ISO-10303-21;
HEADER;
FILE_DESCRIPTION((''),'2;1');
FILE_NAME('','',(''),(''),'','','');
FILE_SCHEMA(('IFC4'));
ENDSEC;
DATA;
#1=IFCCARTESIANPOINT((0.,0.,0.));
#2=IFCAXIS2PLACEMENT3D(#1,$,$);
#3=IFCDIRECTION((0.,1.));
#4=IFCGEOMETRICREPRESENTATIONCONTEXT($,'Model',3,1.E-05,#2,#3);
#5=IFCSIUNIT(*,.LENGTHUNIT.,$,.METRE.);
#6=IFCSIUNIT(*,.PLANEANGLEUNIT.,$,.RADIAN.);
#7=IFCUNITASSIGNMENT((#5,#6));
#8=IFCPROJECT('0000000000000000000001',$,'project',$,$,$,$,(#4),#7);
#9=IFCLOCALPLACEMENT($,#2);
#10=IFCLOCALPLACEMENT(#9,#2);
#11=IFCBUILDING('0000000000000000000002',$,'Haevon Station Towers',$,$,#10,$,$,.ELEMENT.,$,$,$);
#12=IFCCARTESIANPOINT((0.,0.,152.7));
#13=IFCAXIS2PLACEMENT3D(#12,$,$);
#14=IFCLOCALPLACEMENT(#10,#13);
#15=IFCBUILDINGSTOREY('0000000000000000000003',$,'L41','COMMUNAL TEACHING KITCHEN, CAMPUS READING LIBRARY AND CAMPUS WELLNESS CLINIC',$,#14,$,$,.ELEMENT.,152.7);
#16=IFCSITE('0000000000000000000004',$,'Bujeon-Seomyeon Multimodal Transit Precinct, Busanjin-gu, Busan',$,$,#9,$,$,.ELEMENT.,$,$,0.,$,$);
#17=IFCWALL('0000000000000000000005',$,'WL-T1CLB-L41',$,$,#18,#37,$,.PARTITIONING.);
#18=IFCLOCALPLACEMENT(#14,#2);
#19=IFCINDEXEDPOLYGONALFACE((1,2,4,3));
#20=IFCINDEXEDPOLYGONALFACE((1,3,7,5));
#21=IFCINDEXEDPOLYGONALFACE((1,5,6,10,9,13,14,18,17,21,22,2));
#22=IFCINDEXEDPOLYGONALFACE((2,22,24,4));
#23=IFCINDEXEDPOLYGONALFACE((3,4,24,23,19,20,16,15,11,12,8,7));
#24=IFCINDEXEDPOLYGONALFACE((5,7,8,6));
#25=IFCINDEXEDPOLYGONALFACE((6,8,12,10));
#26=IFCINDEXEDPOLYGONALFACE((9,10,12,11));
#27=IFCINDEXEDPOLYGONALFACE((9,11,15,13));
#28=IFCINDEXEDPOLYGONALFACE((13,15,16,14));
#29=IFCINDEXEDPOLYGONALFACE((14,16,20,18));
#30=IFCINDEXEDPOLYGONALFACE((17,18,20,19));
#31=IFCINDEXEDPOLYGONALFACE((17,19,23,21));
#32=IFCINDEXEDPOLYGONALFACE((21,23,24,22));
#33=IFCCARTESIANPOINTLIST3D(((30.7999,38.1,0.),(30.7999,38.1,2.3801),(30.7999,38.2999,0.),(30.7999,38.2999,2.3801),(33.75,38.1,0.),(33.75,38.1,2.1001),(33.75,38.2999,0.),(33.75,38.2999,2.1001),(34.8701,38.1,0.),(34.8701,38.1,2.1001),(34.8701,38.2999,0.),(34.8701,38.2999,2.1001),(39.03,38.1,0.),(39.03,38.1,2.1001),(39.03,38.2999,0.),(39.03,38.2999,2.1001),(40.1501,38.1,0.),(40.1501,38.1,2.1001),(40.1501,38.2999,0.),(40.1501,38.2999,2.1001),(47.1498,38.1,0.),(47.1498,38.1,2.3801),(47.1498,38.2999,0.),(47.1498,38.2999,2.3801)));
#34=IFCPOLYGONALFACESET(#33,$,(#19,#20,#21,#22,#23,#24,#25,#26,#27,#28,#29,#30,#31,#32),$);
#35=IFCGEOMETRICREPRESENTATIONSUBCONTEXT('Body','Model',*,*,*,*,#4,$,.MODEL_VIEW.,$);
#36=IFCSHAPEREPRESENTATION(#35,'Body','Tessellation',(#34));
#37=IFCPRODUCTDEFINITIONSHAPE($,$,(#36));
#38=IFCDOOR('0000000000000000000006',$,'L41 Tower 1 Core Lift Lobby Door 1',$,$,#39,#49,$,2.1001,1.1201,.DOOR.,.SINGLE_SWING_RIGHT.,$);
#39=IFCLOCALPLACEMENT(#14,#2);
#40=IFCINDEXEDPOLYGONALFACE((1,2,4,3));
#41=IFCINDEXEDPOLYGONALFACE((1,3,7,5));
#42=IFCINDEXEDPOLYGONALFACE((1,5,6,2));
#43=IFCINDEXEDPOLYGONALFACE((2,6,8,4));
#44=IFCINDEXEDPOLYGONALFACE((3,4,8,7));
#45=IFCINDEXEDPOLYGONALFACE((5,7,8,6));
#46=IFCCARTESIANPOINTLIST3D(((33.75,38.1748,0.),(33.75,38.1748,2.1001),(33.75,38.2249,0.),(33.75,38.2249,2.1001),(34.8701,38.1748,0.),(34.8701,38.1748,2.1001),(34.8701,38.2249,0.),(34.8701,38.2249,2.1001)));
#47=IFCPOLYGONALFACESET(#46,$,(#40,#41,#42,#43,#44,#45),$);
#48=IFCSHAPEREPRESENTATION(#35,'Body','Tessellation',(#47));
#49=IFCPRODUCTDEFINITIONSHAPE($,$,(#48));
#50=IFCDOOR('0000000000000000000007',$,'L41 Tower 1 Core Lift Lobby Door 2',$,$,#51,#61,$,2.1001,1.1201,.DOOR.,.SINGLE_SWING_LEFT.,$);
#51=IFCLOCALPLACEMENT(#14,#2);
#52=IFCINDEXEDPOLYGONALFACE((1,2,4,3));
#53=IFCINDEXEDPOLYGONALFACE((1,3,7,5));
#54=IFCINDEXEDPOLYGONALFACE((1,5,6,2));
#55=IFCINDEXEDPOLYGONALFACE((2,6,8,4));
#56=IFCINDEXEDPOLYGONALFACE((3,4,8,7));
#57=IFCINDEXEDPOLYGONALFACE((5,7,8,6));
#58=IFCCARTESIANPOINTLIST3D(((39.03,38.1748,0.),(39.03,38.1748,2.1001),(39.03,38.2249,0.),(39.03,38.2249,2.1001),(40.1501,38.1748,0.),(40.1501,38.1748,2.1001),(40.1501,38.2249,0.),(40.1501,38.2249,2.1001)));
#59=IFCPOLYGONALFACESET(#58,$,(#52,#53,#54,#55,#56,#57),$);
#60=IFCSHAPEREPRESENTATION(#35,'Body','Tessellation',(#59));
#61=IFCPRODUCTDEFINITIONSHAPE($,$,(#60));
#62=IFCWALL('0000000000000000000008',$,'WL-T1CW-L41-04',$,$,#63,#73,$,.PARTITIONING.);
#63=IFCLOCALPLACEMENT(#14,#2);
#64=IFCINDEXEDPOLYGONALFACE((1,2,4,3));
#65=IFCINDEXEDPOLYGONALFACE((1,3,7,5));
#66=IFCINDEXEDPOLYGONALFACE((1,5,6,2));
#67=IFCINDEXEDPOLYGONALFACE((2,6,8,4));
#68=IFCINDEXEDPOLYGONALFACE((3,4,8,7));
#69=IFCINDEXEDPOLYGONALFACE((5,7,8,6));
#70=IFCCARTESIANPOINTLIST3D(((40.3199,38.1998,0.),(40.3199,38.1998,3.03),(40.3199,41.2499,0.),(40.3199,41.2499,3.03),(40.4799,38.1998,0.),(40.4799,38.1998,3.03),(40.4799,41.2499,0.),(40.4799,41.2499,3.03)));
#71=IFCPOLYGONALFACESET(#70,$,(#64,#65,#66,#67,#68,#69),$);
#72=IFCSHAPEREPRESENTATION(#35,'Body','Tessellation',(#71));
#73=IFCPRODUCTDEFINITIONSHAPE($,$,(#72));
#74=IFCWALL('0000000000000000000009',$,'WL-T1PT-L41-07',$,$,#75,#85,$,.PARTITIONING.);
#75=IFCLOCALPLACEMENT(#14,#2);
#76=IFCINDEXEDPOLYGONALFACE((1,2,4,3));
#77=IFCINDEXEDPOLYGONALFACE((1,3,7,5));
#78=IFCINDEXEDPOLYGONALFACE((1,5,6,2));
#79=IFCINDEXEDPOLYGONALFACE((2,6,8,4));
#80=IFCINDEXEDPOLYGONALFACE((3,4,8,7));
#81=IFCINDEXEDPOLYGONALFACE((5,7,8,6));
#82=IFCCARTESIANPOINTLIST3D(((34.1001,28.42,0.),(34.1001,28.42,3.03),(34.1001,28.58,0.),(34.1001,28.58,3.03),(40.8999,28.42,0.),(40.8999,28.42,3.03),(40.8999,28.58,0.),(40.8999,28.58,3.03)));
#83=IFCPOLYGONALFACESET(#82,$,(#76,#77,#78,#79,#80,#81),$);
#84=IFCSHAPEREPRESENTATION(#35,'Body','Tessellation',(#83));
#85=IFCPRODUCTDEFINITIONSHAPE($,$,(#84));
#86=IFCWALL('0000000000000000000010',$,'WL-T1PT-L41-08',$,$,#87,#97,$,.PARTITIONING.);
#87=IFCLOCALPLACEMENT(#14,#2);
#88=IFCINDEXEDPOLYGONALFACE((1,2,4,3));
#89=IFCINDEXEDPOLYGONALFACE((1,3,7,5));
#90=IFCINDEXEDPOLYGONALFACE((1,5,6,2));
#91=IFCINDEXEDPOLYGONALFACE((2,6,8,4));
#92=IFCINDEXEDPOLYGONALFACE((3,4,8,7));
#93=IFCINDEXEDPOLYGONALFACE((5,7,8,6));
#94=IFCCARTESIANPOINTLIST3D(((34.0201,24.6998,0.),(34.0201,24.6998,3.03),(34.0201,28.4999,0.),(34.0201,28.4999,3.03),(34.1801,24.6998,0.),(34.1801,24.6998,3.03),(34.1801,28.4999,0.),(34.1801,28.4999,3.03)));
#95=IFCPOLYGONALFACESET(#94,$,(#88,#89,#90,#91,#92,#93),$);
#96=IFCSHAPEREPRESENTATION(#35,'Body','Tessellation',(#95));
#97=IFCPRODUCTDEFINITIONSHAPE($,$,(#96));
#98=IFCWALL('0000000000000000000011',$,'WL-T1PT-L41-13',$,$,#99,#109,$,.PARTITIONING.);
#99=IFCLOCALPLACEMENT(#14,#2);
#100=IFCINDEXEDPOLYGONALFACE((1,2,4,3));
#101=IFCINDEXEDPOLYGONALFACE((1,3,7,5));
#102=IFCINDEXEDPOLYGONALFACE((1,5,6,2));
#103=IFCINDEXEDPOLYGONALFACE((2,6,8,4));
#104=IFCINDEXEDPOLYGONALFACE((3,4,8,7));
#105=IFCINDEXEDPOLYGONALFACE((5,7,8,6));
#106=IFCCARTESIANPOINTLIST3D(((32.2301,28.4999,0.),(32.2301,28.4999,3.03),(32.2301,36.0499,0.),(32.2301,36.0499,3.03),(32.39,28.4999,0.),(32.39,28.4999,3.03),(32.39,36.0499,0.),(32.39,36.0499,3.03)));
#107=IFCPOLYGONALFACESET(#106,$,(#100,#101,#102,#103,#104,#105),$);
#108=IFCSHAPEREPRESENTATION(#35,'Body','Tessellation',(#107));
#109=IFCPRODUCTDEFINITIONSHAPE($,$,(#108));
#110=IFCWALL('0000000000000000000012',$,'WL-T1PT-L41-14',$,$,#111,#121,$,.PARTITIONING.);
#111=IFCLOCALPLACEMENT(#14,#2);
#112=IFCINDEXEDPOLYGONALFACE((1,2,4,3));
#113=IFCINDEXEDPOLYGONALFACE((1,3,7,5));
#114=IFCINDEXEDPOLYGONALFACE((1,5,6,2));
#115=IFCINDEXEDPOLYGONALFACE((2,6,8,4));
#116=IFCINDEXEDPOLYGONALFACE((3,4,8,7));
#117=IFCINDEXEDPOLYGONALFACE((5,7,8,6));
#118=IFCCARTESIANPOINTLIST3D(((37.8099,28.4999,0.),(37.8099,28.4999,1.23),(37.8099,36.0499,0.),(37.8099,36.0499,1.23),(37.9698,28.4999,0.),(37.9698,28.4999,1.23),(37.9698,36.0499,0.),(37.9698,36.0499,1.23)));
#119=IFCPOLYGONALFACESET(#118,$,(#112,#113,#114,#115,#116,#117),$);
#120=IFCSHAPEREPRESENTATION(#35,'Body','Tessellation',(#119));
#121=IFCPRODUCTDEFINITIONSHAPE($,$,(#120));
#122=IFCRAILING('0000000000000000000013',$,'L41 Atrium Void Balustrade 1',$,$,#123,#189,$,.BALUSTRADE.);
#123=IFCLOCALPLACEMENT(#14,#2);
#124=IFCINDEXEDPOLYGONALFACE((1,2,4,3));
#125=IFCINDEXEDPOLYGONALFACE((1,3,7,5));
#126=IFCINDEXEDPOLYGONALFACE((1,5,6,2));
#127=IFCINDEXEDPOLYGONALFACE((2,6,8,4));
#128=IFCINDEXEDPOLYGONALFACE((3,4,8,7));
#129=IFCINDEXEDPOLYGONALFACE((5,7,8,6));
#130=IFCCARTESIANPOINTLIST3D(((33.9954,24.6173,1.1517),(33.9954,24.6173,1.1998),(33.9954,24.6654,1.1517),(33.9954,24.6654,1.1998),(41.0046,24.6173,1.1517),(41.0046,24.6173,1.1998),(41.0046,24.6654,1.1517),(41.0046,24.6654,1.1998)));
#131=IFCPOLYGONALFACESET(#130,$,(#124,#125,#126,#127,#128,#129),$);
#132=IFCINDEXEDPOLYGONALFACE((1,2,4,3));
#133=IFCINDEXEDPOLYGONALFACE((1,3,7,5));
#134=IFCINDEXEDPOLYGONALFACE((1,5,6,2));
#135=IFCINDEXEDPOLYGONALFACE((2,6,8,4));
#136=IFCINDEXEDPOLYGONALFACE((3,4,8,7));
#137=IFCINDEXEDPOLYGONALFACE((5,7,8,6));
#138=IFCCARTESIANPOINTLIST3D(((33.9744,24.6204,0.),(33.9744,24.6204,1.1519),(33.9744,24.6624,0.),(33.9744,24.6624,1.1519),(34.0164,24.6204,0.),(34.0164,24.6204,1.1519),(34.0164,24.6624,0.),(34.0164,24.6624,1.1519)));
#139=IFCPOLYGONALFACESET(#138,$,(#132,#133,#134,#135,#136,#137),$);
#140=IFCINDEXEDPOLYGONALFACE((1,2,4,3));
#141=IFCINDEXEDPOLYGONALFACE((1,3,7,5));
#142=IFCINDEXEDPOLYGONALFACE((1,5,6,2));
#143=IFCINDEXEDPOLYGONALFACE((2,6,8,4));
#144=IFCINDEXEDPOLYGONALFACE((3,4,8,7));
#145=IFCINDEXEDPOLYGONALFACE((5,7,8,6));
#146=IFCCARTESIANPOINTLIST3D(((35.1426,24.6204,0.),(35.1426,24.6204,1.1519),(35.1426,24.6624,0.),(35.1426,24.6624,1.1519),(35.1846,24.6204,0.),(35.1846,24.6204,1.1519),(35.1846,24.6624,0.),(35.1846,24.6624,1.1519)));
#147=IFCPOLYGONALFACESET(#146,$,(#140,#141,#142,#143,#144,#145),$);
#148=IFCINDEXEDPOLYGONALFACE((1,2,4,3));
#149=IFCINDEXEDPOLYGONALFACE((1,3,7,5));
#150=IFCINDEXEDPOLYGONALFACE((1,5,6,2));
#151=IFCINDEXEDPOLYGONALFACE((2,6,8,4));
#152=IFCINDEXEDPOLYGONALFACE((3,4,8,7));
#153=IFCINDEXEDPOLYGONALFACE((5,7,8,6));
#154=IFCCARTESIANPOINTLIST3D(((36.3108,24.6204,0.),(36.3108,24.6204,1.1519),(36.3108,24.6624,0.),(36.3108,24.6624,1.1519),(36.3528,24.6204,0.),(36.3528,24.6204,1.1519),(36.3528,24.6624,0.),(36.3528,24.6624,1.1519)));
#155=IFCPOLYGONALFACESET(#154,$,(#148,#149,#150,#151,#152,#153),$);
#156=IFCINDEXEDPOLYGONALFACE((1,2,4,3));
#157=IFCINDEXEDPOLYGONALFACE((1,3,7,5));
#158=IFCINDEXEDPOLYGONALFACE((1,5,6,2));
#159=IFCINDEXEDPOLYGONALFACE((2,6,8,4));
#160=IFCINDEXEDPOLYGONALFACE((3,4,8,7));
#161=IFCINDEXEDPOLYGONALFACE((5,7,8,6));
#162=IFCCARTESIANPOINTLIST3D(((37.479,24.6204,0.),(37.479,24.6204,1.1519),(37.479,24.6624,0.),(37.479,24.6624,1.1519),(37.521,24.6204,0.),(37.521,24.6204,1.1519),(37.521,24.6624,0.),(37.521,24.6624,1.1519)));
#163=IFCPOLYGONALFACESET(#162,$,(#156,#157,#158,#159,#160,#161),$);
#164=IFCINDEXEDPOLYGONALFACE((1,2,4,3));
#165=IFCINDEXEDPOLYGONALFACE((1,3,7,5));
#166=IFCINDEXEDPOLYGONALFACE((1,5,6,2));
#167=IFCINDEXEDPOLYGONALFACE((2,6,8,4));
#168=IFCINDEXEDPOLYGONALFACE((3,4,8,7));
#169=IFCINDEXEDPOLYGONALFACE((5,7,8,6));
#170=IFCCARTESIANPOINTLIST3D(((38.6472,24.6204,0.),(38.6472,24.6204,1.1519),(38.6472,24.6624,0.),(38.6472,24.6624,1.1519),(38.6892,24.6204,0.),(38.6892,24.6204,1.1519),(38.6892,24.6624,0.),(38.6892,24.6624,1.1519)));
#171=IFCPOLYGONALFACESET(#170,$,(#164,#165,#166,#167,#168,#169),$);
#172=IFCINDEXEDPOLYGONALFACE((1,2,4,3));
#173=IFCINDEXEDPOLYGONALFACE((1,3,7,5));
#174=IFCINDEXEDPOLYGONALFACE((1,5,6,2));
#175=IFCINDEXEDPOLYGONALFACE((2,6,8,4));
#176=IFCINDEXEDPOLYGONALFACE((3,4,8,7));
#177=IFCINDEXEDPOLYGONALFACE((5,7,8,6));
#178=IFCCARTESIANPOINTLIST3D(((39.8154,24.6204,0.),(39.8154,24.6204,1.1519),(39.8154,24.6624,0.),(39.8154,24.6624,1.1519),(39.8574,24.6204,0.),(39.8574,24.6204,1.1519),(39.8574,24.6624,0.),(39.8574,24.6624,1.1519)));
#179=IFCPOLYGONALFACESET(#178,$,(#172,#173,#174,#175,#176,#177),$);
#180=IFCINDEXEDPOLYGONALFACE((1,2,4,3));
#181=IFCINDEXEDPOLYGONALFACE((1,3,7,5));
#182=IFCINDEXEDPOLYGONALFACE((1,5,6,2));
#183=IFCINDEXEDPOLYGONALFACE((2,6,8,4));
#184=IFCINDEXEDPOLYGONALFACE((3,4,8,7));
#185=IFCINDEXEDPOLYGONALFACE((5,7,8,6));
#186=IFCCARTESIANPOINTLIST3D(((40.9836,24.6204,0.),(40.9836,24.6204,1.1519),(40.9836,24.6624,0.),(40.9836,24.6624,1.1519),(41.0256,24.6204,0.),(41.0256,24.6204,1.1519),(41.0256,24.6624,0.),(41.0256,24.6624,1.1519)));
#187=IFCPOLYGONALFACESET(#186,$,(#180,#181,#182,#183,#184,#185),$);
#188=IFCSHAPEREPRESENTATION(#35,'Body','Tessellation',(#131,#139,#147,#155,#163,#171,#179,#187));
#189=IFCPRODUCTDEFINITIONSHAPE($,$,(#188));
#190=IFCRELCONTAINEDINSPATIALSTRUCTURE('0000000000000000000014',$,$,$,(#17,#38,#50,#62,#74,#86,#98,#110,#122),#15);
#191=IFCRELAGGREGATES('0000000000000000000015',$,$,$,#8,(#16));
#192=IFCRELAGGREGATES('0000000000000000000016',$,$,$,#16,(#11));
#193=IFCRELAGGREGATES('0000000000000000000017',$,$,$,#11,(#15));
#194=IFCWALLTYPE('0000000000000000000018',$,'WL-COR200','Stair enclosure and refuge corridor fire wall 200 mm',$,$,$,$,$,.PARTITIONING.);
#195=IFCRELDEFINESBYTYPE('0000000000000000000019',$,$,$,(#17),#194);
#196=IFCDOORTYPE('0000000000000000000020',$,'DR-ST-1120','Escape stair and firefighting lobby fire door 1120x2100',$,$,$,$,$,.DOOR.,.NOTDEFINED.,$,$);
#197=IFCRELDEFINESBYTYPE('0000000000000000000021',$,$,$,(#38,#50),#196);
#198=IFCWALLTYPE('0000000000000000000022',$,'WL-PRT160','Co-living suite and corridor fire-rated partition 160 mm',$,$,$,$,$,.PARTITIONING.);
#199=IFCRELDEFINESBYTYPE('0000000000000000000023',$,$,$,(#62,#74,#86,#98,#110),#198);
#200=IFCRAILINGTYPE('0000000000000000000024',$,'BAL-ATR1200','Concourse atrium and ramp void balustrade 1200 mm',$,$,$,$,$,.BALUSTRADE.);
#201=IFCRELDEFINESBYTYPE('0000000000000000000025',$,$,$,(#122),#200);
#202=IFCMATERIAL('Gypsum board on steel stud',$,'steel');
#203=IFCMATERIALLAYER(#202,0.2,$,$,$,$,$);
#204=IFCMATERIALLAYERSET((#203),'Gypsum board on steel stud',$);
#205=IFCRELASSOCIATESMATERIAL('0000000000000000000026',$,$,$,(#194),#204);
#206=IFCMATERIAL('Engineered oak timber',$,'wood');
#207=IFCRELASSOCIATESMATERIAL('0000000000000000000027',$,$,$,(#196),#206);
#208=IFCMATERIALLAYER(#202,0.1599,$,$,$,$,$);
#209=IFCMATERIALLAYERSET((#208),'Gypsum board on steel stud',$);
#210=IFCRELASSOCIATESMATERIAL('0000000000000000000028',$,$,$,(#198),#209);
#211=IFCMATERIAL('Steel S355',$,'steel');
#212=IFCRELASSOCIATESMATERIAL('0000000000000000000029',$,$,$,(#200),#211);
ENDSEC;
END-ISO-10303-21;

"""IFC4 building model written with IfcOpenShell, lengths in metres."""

from ifc_helpers import new_model, si_unit, direction, frame, frame_2d, origin, origin_2d, place, context, subcontext, project, spatial, rectangle, extrude, material, layer, layer_set, type_object, element, fill, save


model = new_model("IFC4")

# Units and contexts
model_context = context("Model", 3, precision=1e-05, world=origin(), true_north=direction((0.0, 1.0)))
body_context = subcontext(model_context, "Body", "Model", "MODEL_VIEW")
ifc_project = project(units=[si_unit("LENGTHUNIT", "METRE"), si_unit("PLANEANGLEUNIT", "RADIAN")], contexts=[model_context])

# Site, building, storey
site_placement = place(None, origin())
site = spatial("IfcSite", under=ifc_project, at=site_placement, Name="Bujeon-Seomyeon Multimodal Transit Precinct, Busanjin-gu, Busan", CompositionType="ELEMENT", RefElevation=0.0)
building_placement = place(site_placement, origin())
building = spatial("IfcBuilding", under=site, at=building_placement, Name="Haevon Station Towers", CompositionType="ELEMENT")
storey_placement = place(building_placement, frame((0.0, 0.0, 152.7)))
storey = spatial("IfcBuildingStorey", under=building, at=storey_placement, Name="L41", Description="COMMUNAL TEACHING KITCHEN, CAMPUS READING LIBRARY AND CAMPUS WELLNESS CLINIC", CompositionType="ELEMENT", Elevation=152.7)

# Shared definitions
ifc_material_1 = material(Name="Steel S355", Category="steel")

# Shared definitions
ifc_material_2 = material(Name="Gypsum board on steel stud", Category="steel")

# Shared definitions
ifc_layer_1 = layer(ifc_material_2, 0.2)
ifc_layer_set_1 = layer_set([ifc_layer_1], Name="Gypsum board on steel stud")
wall_type_1 = type_object("IfcWallType", Name="WL-COR200", Description="Stair enclosure and refuge corridor fire wall 200 mm", PredefinedType="PARTITIONING", material=ifc_layer_set_1)
ifc_material_3 = material(Name="Engineered oak timber", Category="wood")

# Wall, openings, doors
wall_1_placement = place(storey_placement, frame((30.8, 38.2, 0.0), z_axis=(0.0, 0.0, 1.0), x_axis=(1.0, 0.0, 0.0)))
wall_1 = element("IfcWall", 1, at=wall_1_placement, inside=storey, type_object=wall_type_1, Name="WL-T1CLB-L41", PredefinedType="PARTITIONING", context=body_context, shape_type="SweptSolid", body=[
    extrude(rectangle(XDim=16.3499, YDim=0.2, at=frame_2d((8.1748, 0.0))), origin(), (0.0, 0.0, 1.0), 2.3801),
])
opening_1_placement = place(wall_1_placement, frame((2.95, 0.0, 0.0)))
opening_1 = element("IfcOpeningElement", 2, at=opening_1_placement, cuts=wall_1, PredefinedType="OPENING", context=body_context, shape_type="SweptSolid", body=[
    extrude(rectangle(XDim=1.1201, YDim=2.1001, at=frame_2d((0.5601, 1.05))), frame((0.0, 0.1099, 0.0), z_axis=(0.0, -1.0, 0.0), x_axis=(1.0, 0.0, 0.0)), (0.0, 0.0, 1.0), 0.22),
])
opening_2_placement = place(wall_1_placement, frame((8.23, 0.0, 0.0)))
opening_2 = element("IfcOpeningElement", 3, at=opening_2_placement, cuts=wall_1, PredefinedType="OPENING", context=body_context, shape_type="SweptSolid", body=[
    extrude(rectangle(XDim=1.1201, YDim=2.1001, at=frame_2d((0.5601, 1.05))), frame((0.0, 0.1099, 0.0), z_axis=(0.0, -1.0, 0.0), x_axis=(1.0, 0.0, 0.0)), (0.0, 0.0, 1.0), 0.22),
])
door_type_1 = type_object("IfcDoorType", Name="DR-ST-1120", Description="Escape stair and firefighting lobby fire door 1120x2100", OperationType="NOTDEFINED", PredefinedType="DOOR", material=ifc_material_3)
door_1_placement = place(opening_1_placement, origin())
door_1 = element("IfcDoor", 4, at=door_1_placement, inside=storey, type_object=door_type_1, Name="L41 Tower 1 Core Lift Lobby Door 1", OperationType="SINGLE_SWING_RIGHT", OverallHeight=2.1001, OverallWidth=1.1201, PredefinedType="DOOR", context=body_context, shape_type="SweptSolid", body=[
    extrude(rectangle(XDim=1.1201, YDim=2.1001, at=frame_2d((0.5601, 1.05))), frame((0.0, 0.0249, 0.0), z_axis=(0.0, -1.0, 0.0), x_axis=(1.0, 0.0, 0.0)), (0.0, 0.0, 1.0), 0.05),
])
fill(opening_1, door_1)
door_2_placement = place(opening_2_placement, origin())
door_2 = element("IfcDoor", 5, at=door_2_placement, inside=storey, type_object=door_type_1, Name="L41 Tower 1 Core Lift Lobby Door 2", OperationType="SINGLE_SWING_LEFT", OverallHeight=2.1001, OverallWidth=1.1201, PredefinedType="DOOR", context=body_context, shape_type="SweptSolid", body=[
    extrude(rectangle(XDim=1.1201, YDim=2.1001, at=frame_2d((0.5601, 1.05))), frame((0.0, 0.0249, 0.0), z_axis=(0.0, -1.0, 0.0), x_axis=(1.0, 0.0, 0.0)), (0.0, 0.0, 1.0), 0.05),
])
fill(opening_2, door_2)

# Walls
ifc_layer_2 = layer(ifc_material_2, 0.1599)
ifc_layer_set_2 = layer_set([ifc_layer_2], Name="Gypsum board on steel stud")
wall_type_2 = type_object("IfcWallType", Name="WL-PRT160", Description="Co-living suite and corridor fire-rated partition 160 mm", PredefinedType="PARTITIONING", material=ifc_layer_set_2)
wall_2_placement = place(storey_placement, frame((40.3999, 38.2, 0.0), z_axis=(0.0, 0.0, 1.0), x_axis=(0.0, 1.0, 0.0)))
element("IfcWall", 6, at=wall_2_placement, inside=storey, type_object=wall_type_2, Name="WL-T1CW-L41-04", PredefinedType="PARTITIONING", context=body_context, shape_type="SweptSolid", body=[
    extrude(rectangle(XDim=3.05, YDim=0.1599, at=frame_2d((1.5249, 0.0))), origin(), (0.0, 0.0, 1.0), 3.03),
])
wall_3_placement = place(storey_placement, frame((34.1001, 28.5, 0.0), z_axis=(0.0, 0.0, 1.0), x_axis=(1.0, 0.0, 0.0)))
element("IfcWall", 7, at=wall_3_placement, inside=storey, type_object=wall_type_2, Name="WL-T1PT-L41-07", PredefinedType="PARTITIONING", context=body_context, shape_type="SweptSolid", body=[
    extrude(rectangle(XDim=6.7998, YDim=0.1599, at=frame_2d((3.3999, 0.0))), origin(), (0.0, 0.0, 1.0), 3.03),
])
wall_4_placement = place(storey_placement, frame((34.1001, 24.7, 0.0), z_axis=(0.0, 0.0, 1.0), x_axis=(0.0, 1.0, 0.0)))
element("IfcWall", 8, at=wall_4_placement, inside=storey, type_object=wall_type_2, Name="WL-T1PT-L41-08", PredefinedType="PARTITIONING", context=body_context, shape_type="SweptSolid", body=[
    extrude(rectangle(XDim=3.8, YDim=0.1599, at=frame_2d((1.8999, 0.0))), origin(), (0.0, 0.0, 1.0), 3.03),
])
wall_5_placement = place(storey_placement, frame((32.3101, 28.5, 0.0), z_axis=(0.0, 0.0, 1.0), x_axis=(0.0, 1.0, 0.0)))
element("IfcWall", 9, at=wall_5_placement, inside=storey, type_object=wall_type_2, Name="WL-T1PT-L41-13", PredefinedType="PARTITIONING", context=body_context, shape_type="SweptSolid", body=[
    extrude(rectangle(XDim=7.55, YDim=0.1599, at=frame_2d((3.7749, 0.0))), origin(), (0.0, 0.0, 1.0), 3.03),
])
wall_6_placement = place(storey_placement, frame((37.8899, 28.5, 0.0), z_axis=(0.0, 0.0, 1.0), x_axis=(0.0, 1.0, 0.0)))
element("IfcWall", 10, at=wall_6_placement, inside=storey, type_object=wall_type_2, Name="WL-T1PT-L41-14", PredefinedType="PARTITIONING", context=body_context, shape_type="SweptSolid", body=[
    extrude(rectangle(XDim=7.55, YDim=0.1599, at=frame_2d((3.7749, 0.0))), origin(), (0.0, 0.0, 1.0), 1.23),
])

# Railing
railing_type = type_object("IfcRailingType", Name="BAL-ATR1200", Description="Concourse atrium and ramp void balustrade 1200 mm", PredefinedType="BALUSTRADE", material=ifc_material_1)
railing_1_placement = place(storey_placement, frame((33.9954, 24.6414, 0.0)))
element("IfcRailing", 11, at=railing_1_placement, inside=storey, type_object=railing_type, Name="L41 Atrium Void Balustrade 1", PredefinedType="BALUSTRADE", context=body_context, shape_type="SweptSolid", body=[
    extrude(rectangle(XDim=0.0481, YDim=0.0481, at=origin_2d()), frame((0.0, 0.0, 1.1758), z_axis=(1.0, 0.0, 0.0), x_axis=(0.0, 1.0, 0.0)), (0.0, 0.0, 1.0), 7.0093),
    extrude(rectangle(XDim=0.042, YDim=0.042, at=origin_2d()), origin(), (0.0, 0.0, 1.0), 1.1519),
    extrude(rectangle(XDim=0.042, YDim=0.042, at=origin_2d()), frame((1.1682, 0.0, 0.0)), (0.0, 0.0, 1.0), 1.1519),
    extrude(rectangle(XDim=0.042, YDim=0.042, at=origin_2d()), frame((2.3364, 0.0, 0.0)), (0.0, 0.0, 1.0), 1.1519),
    extrude(rectangle(XDim=0.042, YDim=0.042, at=origin_2d()), frame((3.5046, 0.0, 0.0)), (0.0, 0.0, 1.0), 1.1519),
    extrude(rectangle(XDim=0.042, YDim=0.042, at=origin_2d()), frame((4.6729, 0.0, 0.0)), (0.0, 0.0, 1.0), 1.1519),
    extrude(rectangle(XDim=0.042, YDim=0.042, at=origin_2d()), frame((5.8411, 0.0, 0.0)), (0.0, 0.0, 1.0), 1.1519),
    extrude(rectangle(XDim=0.042, YDim=0.042, at=origin_2d()), frame((7.0093, 0.0, 0.0)), (0.0, 0.0, 1.0), 1.1519),
])

save(model, "model.ifc")
